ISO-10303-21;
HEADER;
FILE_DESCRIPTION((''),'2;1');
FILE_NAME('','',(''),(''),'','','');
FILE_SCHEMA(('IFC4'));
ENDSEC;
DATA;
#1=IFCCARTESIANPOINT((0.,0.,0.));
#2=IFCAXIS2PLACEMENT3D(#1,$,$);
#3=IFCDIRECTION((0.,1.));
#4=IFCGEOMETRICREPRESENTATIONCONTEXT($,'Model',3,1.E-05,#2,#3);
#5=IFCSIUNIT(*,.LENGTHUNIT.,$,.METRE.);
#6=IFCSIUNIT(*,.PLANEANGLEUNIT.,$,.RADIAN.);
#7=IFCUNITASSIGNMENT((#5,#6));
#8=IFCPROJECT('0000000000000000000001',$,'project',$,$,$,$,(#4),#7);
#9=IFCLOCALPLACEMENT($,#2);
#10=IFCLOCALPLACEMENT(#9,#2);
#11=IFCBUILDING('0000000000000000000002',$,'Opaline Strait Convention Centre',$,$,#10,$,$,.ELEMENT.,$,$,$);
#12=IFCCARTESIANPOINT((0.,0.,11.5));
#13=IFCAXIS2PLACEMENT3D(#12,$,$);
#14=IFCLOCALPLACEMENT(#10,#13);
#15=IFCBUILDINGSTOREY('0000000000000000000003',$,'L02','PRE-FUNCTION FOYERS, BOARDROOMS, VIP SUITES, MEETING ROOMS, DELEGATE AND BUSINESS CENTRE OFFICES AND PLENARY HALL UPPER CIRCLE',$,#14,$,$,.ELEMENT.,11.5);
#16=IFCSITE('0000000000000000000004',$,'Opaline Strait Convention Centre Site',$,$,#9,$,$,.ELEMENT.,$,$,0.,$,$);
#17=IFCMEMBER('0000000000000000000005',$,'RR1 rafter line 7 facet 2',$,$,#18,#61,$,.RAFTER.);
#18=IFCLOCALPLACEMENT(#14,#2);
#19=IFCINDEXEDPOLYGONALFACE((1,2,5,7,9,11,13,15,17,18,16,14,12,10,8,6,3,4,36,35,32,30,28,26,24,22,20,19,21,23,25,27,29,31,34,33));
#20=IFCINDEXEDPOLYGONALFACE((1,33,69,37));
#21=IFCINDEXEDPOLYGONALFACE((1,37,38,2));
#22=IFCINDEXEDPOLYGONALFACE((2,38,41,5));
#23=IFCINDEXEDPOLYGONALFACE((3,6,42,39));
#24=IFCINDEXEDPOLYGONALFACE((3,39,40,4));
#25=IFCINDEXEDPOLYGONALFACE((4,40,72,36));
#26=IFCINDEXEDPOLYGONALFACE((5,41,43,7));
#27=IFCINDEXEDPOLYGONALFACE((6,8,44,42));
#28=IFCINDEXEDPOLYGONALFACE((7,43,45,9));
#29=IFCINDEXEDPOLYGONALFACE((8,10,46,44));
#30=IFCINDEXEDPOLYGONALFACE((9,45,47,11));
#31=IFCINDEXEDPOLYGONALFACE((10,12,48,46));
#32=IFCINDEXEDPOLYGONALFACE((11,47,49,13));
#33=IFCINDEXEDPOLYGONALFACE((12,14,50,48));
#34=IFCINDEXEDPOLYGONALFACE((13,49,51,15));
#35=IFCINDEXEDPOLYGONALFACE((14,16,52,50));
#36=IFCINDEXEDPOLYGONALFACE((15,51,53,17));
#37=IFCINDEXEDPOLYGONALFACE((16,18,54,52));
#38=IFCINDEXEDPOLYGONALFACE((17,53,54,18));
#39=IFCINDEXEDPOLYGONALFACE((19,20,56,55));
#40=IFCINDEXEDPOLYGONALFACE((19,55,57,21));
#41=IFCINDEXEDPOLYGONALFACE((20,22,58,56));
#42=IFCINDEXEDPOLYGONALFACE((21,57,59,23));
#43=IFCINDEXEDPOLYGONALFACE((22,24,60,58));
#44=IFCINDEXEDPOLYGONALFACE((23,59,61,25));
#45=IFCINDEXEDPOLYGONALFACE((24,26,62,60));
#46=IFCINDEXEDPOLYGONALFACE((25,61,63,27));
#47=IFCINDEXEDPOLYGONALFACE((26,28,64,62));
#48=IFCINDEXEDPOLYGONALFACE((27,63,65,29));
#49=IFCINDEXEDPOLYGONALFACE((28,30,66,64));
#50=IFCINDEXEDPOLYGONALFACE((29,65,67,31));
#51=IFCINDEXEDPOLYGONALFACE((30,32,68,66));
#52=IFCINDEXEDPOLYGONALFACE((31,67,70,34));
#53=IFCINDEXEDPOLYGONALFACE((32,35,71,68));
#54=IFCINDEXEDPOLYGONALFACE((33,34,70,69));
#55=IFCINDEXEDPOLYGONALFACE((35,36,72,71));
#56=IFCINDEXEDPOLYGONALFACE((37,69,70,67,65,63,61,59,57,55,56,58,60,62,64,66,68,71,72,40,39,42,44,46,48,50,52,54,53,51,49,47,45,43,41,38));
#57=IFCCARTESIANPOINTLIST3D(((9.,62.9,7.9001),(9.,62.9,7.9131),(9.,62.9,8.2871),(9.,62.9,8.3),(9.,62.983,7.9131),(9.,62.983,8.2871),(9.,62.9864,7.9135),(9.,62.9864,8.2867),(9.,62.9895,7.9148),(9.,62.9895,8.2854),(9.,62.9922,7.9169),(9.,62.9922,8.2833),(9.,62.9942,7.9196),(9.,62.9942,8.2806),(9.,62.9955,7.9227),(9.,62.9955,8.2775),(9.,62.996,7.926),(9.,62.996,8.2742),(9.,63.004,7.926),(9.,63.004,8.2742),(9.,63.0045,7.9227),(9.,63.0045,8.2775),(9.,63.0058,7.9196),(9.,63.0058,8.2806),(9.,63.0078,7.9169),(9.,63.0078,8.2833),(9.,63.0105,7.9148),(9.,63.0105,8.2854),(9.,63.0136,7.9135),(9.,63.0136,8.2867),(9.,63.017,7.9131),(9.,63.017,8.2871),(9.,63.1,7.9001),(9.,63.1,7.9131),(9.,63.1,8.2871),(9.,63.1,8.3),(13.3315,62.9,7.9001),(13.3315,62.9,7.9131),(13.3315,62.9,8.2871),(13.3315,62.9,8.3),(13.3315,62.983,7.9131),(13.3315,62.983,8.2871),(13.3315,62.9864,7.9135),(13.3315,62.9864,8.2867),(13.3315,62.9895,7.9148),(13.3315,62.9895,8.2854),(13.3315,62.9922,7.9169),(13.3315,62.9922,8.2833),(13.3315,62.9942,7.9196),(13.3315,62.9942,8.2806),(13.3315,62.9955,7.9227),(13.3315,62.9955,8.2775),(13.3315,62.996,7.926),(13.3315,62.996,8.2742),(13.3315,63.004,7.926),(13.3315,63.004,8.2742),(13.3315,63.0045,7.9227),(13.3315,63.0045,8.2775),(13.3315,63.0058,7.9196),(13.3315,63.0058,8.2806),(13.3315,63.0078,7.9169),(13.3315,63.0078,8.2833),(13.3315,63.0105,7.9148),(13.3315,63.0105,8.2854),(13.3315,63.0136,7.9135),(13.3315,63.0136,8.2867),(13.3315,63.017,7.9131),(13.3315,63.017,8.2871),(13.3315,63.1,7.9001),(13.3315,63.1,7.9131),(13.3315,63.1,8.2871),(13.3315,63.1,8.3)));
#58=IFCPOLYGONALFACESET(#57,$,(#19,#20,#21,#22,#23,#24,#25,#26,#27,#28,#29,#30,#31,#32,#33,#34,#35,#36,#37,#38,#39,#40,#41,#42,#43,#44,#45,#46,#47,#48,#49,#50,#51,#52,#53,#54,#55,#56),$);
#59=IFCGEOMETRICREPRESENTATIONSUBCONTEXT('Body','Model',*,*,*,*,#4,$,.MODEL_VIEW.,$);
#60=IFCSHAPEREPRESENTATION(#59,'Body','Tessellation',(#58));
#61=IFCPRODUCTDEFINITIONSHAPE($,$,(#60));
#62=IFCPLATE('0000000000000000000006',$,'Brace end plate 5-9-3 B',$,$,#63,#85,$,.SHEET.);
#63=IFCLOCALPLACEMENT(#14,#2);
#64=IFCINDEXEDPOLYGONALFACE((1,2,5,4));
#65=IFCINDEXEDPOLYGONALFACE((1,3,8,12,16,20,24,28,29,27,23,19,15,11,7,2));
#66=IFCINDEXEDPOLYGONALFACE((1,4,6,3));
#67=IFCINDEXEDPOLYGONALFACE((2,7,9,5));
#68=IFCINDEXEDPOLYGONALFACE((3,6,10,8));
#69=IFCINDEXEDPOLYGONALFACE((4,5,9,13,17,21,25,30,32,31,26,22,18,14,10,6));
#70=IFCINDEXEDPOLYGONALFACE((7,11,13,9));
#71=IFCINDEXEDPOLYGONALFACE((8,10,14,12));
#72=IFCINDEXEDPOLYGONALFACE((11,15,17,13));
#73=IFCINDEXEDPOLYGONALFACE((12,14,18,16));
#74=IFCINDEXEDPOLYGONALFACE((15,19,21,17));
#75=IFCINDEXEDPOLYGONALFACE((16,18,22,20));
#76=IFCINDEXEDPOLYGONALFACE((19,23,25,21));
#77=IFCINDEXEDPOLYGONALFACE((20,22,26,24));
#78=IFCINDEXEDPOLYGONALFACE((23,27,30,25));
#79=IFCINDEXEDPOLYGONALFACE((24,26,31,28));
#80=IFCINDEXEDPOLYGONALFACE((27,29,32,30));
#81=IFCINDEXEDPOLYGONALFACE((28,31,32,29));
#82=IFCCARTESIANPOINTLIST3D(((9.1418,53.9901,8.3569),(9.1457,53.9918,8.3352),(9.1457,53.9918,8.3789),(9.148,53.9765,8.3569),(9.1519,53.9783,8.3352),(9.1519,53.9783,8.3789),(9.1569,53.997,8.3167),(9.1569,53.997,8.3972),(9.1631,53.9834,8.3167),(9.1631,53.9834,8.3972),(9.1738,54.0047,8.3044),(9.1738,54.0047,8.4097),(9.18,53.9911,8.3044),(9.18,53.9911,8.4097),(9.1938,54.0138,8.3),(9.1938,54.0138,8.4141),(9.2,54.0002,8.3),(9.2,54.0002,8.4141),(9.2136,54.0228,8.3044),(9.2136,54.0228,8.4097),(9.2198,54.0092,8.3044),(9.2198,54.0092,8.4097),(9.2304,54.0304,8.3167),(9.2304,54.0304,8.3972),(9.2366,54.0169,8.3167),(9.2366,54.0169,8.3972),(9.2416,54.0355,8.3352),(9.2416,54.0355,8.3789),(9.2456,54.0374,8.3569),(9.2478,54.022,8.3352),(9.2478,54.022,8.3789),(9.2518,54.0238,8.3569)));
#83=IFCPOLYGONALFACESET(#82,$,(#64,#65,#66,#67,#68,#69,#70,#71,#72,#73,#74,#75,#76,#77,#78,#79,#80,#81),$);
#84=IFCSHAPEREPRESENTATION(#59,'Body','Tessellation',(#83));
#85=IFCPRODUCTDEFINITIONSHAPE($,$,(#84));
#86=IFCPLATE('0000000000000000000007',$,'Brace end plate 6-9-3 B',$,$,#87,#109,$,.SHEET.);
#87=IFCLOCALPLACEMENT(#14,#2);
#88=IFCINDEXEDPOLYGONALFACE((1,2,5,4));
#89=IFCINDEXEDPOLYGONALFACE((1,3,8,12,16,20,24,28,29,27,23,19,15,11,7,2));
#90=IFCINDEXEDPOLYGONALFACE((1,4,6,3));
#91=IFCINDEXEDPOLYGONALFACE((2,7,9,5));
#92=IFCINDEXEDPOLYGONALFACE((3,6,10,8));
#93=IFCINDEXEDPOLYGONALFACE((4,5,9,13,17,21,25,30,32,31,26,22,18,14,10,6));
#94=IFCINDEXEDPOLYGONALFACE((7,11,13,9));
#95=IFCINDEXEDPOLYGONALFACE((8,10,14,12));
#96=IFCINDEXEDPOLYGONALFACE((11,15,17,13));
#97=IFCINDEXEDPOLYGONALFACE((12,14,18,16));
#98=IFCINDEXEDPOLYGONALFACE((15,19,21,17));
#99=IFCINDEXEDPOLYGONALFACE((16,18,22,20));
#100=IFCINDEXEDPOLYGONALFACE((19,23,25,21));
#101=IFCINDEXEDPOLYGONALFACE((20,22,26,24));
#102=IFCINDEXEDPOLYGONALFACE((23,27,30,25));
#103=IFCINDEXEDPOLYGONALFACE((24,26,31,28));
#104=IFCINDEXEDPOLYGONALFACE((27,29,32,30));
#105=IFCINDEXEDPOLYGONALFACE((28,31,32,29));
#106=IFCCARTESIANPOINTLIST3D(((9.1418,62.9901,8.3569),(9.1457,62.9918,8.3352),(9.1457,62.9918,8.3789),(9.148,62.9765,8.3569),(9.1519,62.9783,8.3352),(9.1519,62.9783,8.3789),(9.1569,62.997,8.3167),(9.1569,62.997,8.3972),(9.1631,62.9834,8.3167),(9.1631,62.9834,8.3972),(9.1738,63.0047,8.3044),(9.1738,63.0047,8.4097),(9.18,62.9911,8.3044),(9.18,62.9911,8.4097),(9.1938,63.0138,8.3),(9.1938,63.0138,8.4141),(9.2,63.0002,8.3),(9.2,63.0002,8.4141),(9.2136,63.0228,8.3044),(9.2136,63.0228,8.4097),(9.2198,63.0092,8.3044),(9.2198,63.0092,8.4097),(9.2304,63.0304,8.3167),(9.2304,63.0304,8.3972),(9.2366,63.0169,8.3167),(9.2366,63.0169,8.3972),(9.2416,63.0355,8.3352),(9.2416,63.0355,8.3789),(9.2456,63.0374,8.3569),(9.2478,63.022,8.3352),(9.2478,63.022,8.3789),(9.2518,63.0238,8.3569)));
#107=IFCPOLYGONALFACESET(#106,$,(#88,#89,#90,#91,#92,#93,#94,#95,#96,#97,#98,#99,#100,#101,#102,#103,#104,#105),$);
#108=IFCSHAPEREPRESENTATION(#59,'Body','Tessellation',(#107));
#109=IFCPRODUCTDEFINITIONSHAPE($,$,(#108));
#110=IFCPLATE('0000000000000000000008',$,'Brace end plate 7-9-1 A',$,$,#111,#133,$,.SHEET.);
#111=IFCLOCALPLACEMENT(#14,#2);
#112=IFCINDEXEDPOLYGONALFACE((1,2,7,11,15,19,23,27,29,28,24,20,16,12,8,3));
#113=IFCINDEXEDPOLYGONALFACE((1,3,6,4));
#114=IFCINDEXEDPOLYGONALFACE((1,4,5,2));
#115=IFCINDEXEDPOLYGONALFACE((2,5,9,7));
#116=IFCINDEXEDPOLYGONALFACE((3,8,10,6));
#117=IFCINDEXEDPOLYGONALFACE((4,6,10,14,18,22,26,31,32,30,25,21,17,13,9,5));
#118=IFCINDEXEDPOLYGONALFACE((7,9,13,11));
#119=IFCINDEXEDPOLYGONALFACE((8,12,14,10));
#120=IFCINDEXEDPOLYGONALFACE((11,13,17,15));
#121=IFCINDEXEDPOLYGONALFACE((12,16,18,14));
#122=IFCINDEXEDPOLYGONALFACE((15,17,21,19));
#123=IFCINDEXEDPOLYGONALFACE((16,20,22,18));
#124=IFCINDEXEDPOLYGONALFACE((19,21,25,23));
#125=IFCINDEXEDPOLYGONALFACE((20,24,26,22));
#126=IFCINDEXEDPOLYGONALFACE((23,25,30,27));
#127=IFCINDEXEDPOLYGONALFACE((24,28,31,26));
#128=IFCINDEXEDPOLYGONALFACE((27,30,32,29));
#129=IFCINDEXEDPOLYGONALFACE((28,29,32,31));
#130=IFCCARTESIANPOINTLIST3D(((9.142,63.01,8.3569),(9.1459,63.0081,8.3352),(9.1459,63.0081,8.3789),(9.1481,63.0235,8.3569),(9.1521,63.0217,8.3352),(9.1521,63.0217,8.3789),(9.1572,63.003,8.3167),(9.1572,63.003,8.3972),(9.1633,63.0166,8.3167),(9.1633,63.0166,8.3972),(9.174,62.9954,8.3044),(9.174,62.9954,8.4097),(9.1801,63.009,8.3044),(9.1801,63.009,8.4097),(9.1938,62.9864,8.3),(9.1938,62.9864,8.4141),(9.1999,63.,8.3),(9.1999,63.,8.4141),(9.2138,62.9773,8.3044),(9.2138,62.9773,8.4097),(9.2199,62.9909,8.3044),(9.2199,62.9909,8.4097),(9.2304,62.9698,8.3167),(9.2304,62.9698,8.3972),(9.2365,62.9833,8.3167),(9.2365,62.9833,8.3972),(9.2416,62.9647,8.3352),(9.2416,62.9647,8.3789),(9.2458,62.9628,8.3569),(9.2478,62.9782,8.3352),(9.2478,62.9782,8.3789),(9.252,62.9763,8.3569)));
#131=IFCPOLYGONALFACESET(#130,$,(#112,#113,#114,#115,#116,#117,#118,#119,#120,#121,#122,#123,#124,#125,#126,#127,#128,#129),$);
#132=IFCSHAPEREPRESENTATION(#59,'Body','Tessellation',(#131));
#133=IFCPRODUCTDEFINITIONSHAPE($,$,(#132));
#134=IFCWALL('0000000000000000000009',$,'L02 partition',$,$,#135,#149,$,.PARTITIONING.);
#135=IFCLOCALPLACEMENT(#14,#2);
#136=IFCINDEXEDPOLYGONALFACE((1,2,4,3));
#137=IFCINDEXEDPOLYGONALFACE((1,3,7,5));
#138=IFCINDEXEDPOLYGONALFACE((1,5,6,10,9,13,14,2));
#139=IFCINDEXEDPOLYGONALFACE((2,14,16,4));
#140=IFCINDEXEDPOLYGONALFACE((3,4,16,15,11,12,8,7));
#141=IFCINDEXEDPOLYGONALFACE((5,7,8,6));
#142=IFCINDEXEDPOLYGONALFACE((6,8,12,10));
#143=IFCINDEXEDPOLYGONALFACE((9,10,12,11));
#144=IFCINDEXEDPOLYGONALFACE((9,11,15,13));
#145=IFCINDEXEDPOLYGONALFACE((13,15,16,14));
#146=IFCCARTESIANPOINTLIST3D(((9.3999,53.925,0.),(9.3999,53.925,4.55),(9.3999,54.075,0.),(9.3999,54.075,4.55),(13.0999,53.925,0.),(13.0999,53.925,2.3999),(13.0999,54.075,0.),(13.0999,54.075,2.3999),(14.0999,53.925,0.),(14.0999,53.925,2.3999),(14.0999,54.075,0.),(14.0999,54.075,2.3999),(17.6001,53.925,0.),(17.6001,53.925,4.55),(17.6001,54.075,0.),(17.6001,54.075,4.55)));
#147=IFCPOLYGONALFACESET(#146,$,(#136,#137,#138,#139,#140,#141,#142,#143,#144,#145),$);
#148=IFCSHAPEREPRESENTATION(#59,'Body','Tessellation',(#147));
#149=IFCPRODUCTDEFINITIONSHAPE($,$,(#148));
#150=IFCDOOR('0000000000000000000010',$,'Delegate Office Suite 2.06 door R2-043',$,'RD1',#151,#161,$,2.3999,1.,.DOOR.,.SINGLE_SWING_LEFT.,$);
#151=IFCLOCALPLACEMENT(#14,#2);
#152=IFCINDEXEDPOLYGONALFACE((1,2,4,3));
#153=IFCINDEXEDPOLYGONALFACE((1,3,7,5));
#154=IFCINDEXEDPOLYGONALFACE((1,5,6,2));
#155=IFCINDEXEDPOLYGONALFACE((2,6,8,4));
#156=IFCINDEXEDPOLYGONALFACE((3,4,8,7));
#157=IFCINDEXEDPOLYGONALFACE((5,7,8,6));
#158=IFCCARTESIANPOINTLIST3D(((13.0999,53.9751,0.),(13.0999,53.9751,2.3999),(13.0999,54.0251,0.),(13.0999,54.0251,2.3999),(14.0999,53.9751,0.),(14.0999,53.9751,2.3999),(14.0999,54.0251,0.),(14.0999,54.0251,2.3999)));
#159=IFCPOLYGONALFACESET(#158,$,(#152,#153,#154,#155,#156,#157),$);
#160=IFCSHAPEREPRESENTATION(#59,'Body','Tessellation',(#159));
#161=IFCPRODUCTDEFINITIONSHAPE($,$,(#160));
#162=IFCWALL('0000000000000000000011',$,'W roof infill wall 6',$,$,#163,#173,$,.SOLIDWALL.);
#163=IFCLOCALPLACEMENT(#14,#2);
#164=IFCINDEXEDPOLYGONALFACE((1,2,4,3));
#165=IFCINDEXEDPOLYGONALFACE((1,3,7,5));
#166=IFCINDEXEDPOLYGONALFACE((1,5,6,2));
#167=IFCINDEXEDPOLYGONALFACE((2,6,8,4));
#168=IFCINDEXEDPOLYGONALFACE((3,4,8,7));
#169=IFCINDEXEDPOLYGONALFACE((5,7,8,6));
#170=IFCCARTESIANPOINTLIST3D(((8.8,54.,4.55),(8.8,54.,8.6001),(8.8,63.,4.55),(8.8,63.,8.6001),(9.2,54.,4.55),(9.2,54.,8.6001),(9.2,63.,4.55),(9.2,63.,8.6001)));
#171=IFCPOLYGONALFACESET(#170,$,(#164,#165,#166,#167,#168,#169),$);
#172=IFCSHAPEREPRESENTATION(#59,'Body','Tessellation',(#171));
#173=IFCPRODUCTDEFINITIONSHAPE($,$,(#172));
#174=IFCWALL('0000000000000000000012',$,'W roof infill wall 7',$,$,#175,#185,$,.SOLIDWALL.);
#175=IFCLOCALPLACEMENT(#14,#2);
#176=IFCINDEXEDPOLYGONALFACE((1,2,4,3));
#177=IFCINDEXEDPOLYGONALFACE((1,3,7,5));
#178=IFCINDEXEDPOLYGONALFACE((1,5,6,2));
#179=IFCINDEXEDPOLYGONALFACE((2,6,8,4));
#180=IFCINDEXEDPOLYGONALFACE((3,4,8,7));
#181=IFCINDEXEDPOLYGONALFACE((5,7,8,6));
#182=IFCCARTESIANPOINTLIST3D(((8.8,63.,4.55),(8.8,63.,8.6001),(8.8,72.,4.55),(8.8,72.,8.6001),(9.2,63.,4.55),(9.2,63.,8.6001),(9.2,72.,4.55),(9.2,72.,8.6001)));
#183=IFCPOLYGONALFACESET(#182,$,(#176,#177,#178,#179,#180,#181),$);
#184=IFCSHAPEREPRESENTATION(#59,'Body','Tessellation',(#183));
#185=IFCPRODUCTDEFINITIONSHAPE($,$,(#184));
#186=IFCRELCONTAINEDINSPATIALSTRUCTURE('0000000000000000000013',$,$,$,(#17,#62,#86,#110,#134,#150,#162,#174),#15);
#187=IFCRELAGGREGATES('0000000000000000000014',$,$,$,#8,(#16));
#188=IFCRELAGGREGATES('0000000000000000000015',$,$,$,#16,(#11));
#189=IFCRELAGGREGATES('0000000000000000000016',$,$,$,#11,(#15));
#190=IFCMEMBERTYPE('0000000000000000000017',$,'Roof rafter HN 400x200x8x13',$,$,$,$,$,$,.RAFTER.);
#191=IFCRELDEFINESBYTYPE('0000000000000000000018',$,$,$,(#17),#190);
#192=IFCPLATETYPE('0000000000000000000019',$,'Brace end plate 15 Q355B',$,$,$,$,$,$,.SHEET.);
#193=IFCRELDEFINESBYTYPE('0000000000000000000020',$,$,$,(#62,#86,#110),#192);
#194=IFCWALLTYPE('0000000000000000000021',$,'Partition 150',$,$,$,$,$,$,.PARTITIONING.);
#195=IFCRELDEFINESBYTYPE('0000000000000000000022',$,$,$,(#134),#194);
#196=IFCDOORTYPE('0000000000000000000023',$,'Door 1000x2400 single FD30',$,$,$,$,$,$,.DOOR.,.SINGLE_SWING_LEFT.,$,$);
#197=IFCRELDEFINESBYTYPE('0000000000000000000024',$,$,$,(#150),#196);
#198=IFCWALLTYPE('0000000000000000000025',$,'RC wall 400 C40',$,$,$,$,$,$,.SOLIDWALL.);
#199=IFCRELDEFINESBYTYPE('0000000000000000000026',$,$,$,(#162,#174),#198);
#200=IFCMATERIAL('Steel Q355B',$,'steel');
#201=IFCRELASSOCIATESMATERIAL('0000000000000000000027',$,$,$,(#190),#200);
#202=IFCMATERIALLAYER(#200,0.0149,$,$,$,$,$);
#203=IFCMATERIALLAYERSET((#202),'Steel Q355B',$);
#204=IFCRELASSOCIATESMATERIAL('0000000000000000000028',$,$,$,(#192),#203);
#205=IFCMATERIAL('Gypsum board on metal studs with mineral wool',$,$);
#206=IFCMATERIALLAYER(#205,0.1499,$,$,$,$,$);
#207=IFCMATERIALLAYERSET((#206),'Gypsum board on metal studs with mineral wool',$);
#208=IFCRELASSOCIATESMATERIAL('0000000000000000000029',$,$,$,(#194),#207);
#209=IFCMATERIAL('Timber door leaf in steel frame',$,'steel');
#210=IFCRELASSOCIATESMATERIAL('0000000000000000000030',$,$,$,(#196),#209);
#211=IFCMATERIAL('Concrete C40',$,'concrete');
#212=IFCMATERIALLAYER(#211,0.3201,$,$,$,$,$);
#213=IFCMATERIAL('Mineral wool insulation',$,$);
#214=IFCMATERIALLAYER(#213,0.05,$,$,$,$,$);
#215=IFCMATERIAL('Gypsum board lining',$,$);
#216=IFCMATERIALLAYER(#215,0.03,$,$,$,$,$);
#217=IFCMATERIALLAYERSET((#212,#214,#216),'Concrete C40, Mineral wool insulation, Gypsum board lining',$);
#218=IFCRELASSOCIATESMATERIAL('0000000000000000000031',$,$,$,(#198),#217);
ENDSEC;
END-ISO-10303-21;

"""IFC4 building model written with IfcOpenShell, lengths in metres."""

from ifc_helpers import new_model, si_unit, direction, frame, frame_2d, origin, origin_2d, place, context, subcontext, project, spatial, polyline, rectangle, i_section, outline, extrude, material, layer, layer_set, material_profile, profile_set, type_object, element, fill, save


model = new_model("IFC4")

# Units and contexts
model_context = context("Model", 3, precision=1e-05, world=origin(), true_north=direction((0.0, 1.0)))
body_context = subcontext(model_context, "Body", "Model", "MODEL_VIEW")
ifc_project = project(units=[si_unit("LENGTHUNIT", "METRE"), si_unit("PLANEANGLEUNIT", "RADIAN")], contexts=[model_context])

# Site, building, storey
site_placement = place(None, origin())
site = spatial("IfcSite", under=ifc_project, at=site_placement, Name="Opaline Strait Convention Centre Site", CompositionType="ELEMENT", RefElevation=0.0)
building_placement = place(site_placement, origin())
building = spatial("IfcBuilding", under=site, at=building_placement, Name="Opaline Strait Convention Centre", CompositionType="ELEMENT")
storey_placement = place(building_placement, frame((0.0, 0.0, 11.5)))
storey = spatial("IfcBuildingStorey", under=building, at=storey_placement, Name="L02", Description="PRE-FUNCTION FOYERS, BOARDROOMS, VIP SUITES, MEETING ROOMS, DELEGATE AND BUSINESS CENTRE OFFICES AND PLENARY HALL UPPER CIRCLE", CompositionType="ELEMENT", Elevation=11.5)

# Shared definitions
ifc_material_1 = material(Name="Concrete C40", Category="concrete")

# Shared definitions
ifc_material_2 = material(Name="Steel Q355B", Category="steel")

# Member
ifc_material_profile_1 = material_profile(ifc_material_2, i_section(OverallWidth=0.2, OverallDepth=0.3999, WebThickness=0.0081, FlangeThickness=0.0129, FilletRadius=0.0129, at=origin_2d()), Name="HN 400x200x8x13")
ifc_profile_set_1 = profile_set([ifc_material_profile_1], Name="Steel Q355B")
member_type_1 = type_object("IfcMemberType", Name="Roof rafter HN 400x200x8x13", PredefinedType="RAFTER", material=ifc_profile_set_1)
member_1_placement = place(storey_placement, frame((9.0, 63.0, 8.1001), z_axis=(1.0, 0.0, 0.0), x_axis=(0.0, 1.0, 0.0)))
element("IfcMember", 1, at=member_1_placement, inside=storey, type_object=member_type_1, Name="RR1 rafter line 7 facet 2", PredefinedType="RAFTER", context=body_context, shape_type="SweptSolid", body=[
    extrude(i_section(OverallWidth=0.2, OverallDepth=0.3999, WebThickness=0.0081, FlangeThickness=0.0129, FilletRadius=0.0129, at=origin_2d()), origin(), (0.0, 0.0, 1.0), 4.3315),
])

# Plates
ifc_layer_1 = layer(ifc_material_2, 0.0149)
ifc_layer_set_1 = layer_set([ifc_layer_1], Name="Steel Q355B")
plate_type = type_object("IfcPlateType", Name="Brace end plate 15 Q355B", PredefinedType="SHEET", material=ifc_layer_set_1)
for number, where, z_axis, x_axis, name in (
    (2, (9.2456, 54.0374, 8.3569), (-0.414547, 0.910028, 0.0), (-0.179212, -0.081637, -0.980418), "Brace end plate 5-9-3 B"),
    (3, (9.2456, 63.0374, 8.3569), (-0.414547, 0.910028, 0.0), (-0.179212, -0.081637, -0.980418), "Brace end plate 6-9-3 B"),
):
    element("IfcPlate", number, at=place(storey_placement, frame(where, z_axis=z_axis, x_axis=x_axis)), inside=storey, type_object=plate_type, Name=name, PredefinedType="SHEET", context=body_context, shape_type="SweptSolid", body=[
        extrude(outline(polyline([(0.0, 0.0), (0.0222, 0.0), (0.0428, 0.0084), (0.0584, 0.0242), (0.067, 0.0446), (0.067, 0.067), (0.0587, 0.0876), (0.0429, 0.1034), (0.0225, 0.1118), (0.0001, 0.112), (-0.0203, 0.1035), (-0.0362, 0.0877), (-0.0448, 0.0671), (-0.0448, 0.0449), (-0.0362, 0.0243), (-0.0207, 0.0086), (0.0, 0.0)])), origin(), (0.0, 0.0, -1.0), 0.0149),
    ])
plate_placement = place(storey_placement, frame((9.252, 62.9763, 8.3569), z_axis=(0.413759, 0.910386, 0.0), x_axis=(-0.188026, 0.085456, -0.978439)))
element("IfcPlate", 4, at=plate_placement, inside=storey, type_object=plate_type, Name="Brace end plate 7-9-1 A", PredefinedType="SHEET", context=body_context, shape_type="SweptSolid", body=[
    extrude(outline(polyline([(0.0, 0.0), (0.0222, 0.0), (0.0429, 0.0082), (0.0586, 0.0236), (0.0675, 0.0442), (0.0677, 0.0663), (0.0595, 0.0869), (0.0439, 0.1028), (0.0236, 0.1116), (0.0012, 0.1119), (-0.0193, 0.1036), (-0.0353, 0.0881), (-0.0441, 0.0677), (-0.0443, 0.0453), (-0.0359, 0.0249), (-0.0206, 0.009), (0.0, 0.0)])), origin(), (0.0, 0.0, -1.0), 0.0149),
])

# Wall, opening, door
ifc_material_3 = material(Name="Gypsum board on metal studs with mineral wool")
ifc_layer_2 = layer(ifc_material_3, 0.1499)
ifc_layer_set_2 = layer_set([ifc_layer_2], Name="Gypsum board on metal studs with mineral wool")
wall_type_1 = type_object("IfcWallType", Name="Partition 150", PredefinedType="PARTITIONING", material=ifc_layer_set_2)
wall_1_placement = place(storey_placement, frame((9.3999, 54.0, 0.0), z_axis=(0.0, 0.0, 1.0), x_axis=(1.0, 0.0, 0.0)))
wall_1 = element("IfcWall", 5, at=wall_1_placement, inside=storey, type_object=wall_type_1, Name="L02 partition", PredefinedType="PARTITIONING", context=body_context, shape_type="SweptSolid", body=[
    extrude(rectangle(XDim=8.2002, YDim=0.1499, at=frame_2d((4.1001, 0.0))), origin(), (0.0, 0.0, 1.0), 4.55),
])
opening_1_placement = place(wall_1_placement, frame((3.7, 0.0, 0.0)))
opening_1 = element("IfcOpeningElement", 6, at=opening_1_placement, cuts=wall_1, PredefinedType="OPENING", context=body_context, shape_type="SweptSolid", body=[
    extrude(rectangle(XDim=1.0, YDim=2.3999, at=frame_2d((0.5, 1.2))), frame((0.0, 0.085, 0.0), z_axis=(0.0, -1.0, 0.0), x_axis=(1.0, 0.0, 0.0)), (0.0, 0.0, 1.0), 0.1699),
])
ifc_material_4 = material(Name="Timber door leaf in steel frame", Category="steel")
door_type = type_object("IfcDoorType", Name="Door 1000x2400 single FD30", OperationType="SINGLE_SWING_LEFT", PredefinedType="DOOR", material=ifc_material_4)
door_placement = place(opening_1_placement, frame((1.0, 0.0, 0.0), z_axis=(0.0, 0.0, 1.0), x_axis=(-1.0, 0.0, 0.0)))
door = element("IfcDoor", 7, at=door_placement, inside=storey, type_object=door_type, Name="Delegate Office Suite 2.06 door R2-043", ObjectType="RD1", OperationType="SINGLE_SWING_LEFT", OverallHeight=2.3999, OverallWidth=1.0, PredefinedType="DOOR", context=body_context, shape_type="SweptSolid", body=[
    extrude(rectangle(XDim=1.0, YDim=2.3999, at=frame_2d((0.5, 1.2))), frame((0.0, 0.0249, 0.0), z_axis=(0.0, -1.0, 0.0), x_axis=(1.0, 0.0, 0.0)), (0.0, 0.0, 1.0), 0.05),
])
fill(opening_1, door)

# Walls
ifc_layer_3 = layer(ifc_material_1, 0.3201)
ifc_material_5 = material(Name="Mineral wool insulation")
ifc_layer_4 = layer(ifc_material_5, 0.05)
ifc_material_6 = material(Name="Gypsum board lining")
ifc_layer_5 = layer(ifc_material_6, 0.03)
ifc_layer_set_3 = layer_set([ifc_layer_3, ifc_layer_4, ifc_layer_5], Name="Concrete C40, Mineral wool insulation, Gypsum board lining")
wall_type_2 = type_object("IfcWallType", Name="RC wall 400 C40", PredefinedType="SOLIDWALL", material=ifc_layer_set_3)
for number, where, z_axis, x_axis, name in (
    (8, (9.0, 54.0, 4.55), (0.0, 0.0, 1.0), (0.0, 1.0, 0.0), "W roof infill wall 6"),
    (9, (9.0, 63.0, 4.55), (0.0, 0.0, 1.0), (0.0, 1.0, 0.0), "W roof infill wall 7"),
):
    element("IfcWall", number, at=place(storey_placement, frame(where, z_axis=z_axis, x_axis=x_axis)), inside=storey, type_object=wall_type_2, Name=name, PredefinedType="SOLIDWALL", context=body_context, shape_type="SweptSolid", body=[
        extrude(rectangle(XDim=9.0, YDim=0.3999, at=frame_2d((4.5, 0.0))), origin(), (0.0, 0.0, 1.0), 4.05),
    ])

save(model, "model.ifc")
